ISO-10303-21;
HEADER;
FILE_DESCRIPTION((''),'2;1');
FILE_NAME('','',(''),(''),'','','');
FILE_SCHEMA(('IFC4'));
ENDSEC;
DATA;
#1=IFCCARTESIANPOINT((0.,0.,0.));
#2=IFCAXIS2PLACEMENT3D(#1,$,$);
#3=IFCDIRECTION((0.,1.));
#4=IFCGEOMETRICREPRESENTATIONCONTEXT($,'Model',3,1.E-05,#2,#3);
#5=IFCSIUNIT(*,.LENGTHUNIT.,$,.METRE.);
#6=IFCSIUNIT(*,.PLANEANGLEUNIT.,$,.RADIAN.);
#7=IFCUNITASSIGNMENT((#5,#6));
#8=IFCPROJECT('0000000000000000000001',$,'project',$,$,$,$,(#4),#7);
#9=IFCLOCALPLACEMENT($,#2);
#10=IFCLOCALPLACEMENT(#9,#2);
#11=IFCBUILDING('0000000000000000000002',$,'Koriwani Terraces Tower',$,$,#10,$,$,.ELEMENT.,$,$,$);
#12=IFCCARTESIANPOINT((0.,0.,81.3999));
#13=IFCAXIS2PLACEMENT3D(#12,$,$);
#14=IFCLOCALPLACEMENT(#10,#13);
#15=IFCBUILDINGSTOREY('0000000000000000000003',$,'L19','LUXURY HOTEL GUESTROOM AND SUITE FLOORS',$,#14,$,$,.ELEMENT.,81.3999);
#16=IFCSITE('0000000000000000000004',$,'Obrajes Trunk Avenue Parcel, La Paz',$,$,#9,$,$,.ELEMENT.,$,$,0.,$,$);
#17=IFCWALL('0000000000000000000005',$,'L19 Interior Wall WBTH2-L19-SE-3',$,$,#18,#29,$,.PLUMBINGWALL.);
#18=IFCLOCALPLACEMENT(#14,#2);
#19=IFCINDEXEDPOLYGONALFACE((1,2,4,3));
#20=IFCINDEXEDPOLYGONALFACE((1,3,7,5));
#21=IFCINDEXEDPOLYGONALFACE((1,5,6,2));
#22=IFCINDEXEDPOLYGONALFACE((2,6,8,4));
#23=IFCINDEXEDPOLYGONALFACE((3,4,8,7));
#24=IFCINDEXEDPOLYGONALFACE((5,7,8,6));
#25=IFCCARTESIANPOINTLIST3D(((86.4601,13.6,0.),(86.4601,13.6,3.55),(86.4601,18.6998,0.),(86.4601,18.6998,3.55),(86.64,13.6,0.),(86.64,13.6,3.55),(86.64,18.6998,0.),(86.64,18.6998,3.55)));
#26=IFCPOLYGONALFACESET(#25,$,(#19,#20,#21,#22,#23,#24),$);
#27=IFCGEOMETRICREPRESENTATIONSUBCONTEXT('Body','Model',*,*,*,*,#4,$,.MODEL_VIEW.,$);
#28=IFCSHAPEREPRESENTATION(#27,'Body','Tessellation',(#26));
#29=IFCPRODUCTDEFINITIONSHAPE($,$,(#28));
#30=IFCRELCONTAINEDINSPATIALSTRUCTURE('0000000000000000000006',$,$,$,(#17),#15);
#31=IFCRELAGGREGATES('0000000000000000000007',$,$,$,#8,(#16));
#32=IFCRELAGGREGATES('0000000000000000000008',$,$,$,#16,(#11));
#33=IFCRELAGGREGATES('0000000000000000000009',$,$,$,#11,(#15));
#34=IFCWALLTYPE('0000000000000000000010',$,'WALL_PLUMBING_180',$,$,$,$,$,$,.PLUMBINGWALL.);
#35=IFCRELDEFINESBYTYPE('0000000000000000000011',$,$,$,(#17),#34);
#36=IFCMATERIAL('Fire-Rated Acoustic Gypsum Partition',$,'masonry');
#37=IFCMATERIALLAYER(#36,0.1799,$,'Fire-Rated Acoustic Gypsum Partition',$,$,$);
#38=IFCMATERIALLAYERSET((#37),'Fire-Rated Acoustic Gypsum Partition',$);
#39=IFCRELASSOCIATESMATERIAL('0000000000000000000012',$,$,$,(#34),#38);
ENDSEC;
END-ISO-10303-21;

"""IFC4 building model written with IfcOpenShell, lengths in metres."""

from ifc_helpers import new_model, si_unit, direction, frame, frame_2d, origin, place, context, subcontext, project, spatial, rectangle, extrude, material, layer, layer_set, type_object, element, save


model = new_model("IFC4")

# Units and contexts
model_context = context("Model", 3, precision=1e-05, world=origin(), true_north=direction((0.0, 1.0)))
body_context = subcontext(model_context, "Body", "Model", "MODEL_VIEW")
ifc_project = project(units=[si_unit("LENGTHUNIT", "METRE"), si_unit("PLANEANGLEUNIT", "RADIAN")], contexts=[model_context])

# Site, building, storey
site_placement = place(None, origin())
site = spatial("IfcSite", under=ifc_project, at=site_placement, Name="Obrajes Trunk Avenue Parcel, La Paz", CompositionType="ELEMENT", RefElevation=0.0)
building_placement = place(site_placement, origin())
building = spatial("IfcBuilding", under=site, at=building_placement, Name="Koriwani Terraces Tower", CompositionType="ELEMENT")
storey_placement = place(building_placement, frame((0.0, 0.0, 81.3999)))
storey = spatial("IfcBuildingStorey", under=building, at=storey_placement, Name="L19", Description="LUXURY HOTEL GUESTROOM AND SUITE FLOORS", CompositionType="ELEMENT", Elevation=81.3999)

# Wall
ifc_material_1 = material(Name="Fire-Rated Acoustic Gypsum Partition", Category="masonry")
ifc_layer_1 = layer(ifc_material_1, 0.1799, Name="Fire-Rated Acoustic Gypsum Partition")
ifc_layer_set_1 = layer_set([ifc_layer_1], Name="Fire-Rated Acoustic Gypsum Partition")
wall_type_1 = type_object("IfcWallType", Name="WALL_PLUMBING_180", PredefinedType="PLUMBINGWALL", material=ifc_layer_set_1)
for number, where, z_axis, x_axis, name in (
    (1, (86.55, 13.6001, 0.0), (0.0, 0.0, 1.0), (0.0, 1.0, 0.0), "L19 Interior Wall WBTH2-L19-SE-3"),
):
    element("IfcWall", number, at=place(storey_placement, frame(where, z_axis=z_axis, x_axis=x_axis)), inside=storey, type_object=wall_type_1, Name=name, PredefinedType="PLUMBINGWALL", context=body_context, shape_type="SweptSolid", body=[
        extrude(rectangle(XDim=5.0999, YDim=0.1799, at=frame_2d((2.5498, 0.0))), origin(), (0.0, 0.0, 1.0), 3.55),
    ])

save(model, "model.ifc")
